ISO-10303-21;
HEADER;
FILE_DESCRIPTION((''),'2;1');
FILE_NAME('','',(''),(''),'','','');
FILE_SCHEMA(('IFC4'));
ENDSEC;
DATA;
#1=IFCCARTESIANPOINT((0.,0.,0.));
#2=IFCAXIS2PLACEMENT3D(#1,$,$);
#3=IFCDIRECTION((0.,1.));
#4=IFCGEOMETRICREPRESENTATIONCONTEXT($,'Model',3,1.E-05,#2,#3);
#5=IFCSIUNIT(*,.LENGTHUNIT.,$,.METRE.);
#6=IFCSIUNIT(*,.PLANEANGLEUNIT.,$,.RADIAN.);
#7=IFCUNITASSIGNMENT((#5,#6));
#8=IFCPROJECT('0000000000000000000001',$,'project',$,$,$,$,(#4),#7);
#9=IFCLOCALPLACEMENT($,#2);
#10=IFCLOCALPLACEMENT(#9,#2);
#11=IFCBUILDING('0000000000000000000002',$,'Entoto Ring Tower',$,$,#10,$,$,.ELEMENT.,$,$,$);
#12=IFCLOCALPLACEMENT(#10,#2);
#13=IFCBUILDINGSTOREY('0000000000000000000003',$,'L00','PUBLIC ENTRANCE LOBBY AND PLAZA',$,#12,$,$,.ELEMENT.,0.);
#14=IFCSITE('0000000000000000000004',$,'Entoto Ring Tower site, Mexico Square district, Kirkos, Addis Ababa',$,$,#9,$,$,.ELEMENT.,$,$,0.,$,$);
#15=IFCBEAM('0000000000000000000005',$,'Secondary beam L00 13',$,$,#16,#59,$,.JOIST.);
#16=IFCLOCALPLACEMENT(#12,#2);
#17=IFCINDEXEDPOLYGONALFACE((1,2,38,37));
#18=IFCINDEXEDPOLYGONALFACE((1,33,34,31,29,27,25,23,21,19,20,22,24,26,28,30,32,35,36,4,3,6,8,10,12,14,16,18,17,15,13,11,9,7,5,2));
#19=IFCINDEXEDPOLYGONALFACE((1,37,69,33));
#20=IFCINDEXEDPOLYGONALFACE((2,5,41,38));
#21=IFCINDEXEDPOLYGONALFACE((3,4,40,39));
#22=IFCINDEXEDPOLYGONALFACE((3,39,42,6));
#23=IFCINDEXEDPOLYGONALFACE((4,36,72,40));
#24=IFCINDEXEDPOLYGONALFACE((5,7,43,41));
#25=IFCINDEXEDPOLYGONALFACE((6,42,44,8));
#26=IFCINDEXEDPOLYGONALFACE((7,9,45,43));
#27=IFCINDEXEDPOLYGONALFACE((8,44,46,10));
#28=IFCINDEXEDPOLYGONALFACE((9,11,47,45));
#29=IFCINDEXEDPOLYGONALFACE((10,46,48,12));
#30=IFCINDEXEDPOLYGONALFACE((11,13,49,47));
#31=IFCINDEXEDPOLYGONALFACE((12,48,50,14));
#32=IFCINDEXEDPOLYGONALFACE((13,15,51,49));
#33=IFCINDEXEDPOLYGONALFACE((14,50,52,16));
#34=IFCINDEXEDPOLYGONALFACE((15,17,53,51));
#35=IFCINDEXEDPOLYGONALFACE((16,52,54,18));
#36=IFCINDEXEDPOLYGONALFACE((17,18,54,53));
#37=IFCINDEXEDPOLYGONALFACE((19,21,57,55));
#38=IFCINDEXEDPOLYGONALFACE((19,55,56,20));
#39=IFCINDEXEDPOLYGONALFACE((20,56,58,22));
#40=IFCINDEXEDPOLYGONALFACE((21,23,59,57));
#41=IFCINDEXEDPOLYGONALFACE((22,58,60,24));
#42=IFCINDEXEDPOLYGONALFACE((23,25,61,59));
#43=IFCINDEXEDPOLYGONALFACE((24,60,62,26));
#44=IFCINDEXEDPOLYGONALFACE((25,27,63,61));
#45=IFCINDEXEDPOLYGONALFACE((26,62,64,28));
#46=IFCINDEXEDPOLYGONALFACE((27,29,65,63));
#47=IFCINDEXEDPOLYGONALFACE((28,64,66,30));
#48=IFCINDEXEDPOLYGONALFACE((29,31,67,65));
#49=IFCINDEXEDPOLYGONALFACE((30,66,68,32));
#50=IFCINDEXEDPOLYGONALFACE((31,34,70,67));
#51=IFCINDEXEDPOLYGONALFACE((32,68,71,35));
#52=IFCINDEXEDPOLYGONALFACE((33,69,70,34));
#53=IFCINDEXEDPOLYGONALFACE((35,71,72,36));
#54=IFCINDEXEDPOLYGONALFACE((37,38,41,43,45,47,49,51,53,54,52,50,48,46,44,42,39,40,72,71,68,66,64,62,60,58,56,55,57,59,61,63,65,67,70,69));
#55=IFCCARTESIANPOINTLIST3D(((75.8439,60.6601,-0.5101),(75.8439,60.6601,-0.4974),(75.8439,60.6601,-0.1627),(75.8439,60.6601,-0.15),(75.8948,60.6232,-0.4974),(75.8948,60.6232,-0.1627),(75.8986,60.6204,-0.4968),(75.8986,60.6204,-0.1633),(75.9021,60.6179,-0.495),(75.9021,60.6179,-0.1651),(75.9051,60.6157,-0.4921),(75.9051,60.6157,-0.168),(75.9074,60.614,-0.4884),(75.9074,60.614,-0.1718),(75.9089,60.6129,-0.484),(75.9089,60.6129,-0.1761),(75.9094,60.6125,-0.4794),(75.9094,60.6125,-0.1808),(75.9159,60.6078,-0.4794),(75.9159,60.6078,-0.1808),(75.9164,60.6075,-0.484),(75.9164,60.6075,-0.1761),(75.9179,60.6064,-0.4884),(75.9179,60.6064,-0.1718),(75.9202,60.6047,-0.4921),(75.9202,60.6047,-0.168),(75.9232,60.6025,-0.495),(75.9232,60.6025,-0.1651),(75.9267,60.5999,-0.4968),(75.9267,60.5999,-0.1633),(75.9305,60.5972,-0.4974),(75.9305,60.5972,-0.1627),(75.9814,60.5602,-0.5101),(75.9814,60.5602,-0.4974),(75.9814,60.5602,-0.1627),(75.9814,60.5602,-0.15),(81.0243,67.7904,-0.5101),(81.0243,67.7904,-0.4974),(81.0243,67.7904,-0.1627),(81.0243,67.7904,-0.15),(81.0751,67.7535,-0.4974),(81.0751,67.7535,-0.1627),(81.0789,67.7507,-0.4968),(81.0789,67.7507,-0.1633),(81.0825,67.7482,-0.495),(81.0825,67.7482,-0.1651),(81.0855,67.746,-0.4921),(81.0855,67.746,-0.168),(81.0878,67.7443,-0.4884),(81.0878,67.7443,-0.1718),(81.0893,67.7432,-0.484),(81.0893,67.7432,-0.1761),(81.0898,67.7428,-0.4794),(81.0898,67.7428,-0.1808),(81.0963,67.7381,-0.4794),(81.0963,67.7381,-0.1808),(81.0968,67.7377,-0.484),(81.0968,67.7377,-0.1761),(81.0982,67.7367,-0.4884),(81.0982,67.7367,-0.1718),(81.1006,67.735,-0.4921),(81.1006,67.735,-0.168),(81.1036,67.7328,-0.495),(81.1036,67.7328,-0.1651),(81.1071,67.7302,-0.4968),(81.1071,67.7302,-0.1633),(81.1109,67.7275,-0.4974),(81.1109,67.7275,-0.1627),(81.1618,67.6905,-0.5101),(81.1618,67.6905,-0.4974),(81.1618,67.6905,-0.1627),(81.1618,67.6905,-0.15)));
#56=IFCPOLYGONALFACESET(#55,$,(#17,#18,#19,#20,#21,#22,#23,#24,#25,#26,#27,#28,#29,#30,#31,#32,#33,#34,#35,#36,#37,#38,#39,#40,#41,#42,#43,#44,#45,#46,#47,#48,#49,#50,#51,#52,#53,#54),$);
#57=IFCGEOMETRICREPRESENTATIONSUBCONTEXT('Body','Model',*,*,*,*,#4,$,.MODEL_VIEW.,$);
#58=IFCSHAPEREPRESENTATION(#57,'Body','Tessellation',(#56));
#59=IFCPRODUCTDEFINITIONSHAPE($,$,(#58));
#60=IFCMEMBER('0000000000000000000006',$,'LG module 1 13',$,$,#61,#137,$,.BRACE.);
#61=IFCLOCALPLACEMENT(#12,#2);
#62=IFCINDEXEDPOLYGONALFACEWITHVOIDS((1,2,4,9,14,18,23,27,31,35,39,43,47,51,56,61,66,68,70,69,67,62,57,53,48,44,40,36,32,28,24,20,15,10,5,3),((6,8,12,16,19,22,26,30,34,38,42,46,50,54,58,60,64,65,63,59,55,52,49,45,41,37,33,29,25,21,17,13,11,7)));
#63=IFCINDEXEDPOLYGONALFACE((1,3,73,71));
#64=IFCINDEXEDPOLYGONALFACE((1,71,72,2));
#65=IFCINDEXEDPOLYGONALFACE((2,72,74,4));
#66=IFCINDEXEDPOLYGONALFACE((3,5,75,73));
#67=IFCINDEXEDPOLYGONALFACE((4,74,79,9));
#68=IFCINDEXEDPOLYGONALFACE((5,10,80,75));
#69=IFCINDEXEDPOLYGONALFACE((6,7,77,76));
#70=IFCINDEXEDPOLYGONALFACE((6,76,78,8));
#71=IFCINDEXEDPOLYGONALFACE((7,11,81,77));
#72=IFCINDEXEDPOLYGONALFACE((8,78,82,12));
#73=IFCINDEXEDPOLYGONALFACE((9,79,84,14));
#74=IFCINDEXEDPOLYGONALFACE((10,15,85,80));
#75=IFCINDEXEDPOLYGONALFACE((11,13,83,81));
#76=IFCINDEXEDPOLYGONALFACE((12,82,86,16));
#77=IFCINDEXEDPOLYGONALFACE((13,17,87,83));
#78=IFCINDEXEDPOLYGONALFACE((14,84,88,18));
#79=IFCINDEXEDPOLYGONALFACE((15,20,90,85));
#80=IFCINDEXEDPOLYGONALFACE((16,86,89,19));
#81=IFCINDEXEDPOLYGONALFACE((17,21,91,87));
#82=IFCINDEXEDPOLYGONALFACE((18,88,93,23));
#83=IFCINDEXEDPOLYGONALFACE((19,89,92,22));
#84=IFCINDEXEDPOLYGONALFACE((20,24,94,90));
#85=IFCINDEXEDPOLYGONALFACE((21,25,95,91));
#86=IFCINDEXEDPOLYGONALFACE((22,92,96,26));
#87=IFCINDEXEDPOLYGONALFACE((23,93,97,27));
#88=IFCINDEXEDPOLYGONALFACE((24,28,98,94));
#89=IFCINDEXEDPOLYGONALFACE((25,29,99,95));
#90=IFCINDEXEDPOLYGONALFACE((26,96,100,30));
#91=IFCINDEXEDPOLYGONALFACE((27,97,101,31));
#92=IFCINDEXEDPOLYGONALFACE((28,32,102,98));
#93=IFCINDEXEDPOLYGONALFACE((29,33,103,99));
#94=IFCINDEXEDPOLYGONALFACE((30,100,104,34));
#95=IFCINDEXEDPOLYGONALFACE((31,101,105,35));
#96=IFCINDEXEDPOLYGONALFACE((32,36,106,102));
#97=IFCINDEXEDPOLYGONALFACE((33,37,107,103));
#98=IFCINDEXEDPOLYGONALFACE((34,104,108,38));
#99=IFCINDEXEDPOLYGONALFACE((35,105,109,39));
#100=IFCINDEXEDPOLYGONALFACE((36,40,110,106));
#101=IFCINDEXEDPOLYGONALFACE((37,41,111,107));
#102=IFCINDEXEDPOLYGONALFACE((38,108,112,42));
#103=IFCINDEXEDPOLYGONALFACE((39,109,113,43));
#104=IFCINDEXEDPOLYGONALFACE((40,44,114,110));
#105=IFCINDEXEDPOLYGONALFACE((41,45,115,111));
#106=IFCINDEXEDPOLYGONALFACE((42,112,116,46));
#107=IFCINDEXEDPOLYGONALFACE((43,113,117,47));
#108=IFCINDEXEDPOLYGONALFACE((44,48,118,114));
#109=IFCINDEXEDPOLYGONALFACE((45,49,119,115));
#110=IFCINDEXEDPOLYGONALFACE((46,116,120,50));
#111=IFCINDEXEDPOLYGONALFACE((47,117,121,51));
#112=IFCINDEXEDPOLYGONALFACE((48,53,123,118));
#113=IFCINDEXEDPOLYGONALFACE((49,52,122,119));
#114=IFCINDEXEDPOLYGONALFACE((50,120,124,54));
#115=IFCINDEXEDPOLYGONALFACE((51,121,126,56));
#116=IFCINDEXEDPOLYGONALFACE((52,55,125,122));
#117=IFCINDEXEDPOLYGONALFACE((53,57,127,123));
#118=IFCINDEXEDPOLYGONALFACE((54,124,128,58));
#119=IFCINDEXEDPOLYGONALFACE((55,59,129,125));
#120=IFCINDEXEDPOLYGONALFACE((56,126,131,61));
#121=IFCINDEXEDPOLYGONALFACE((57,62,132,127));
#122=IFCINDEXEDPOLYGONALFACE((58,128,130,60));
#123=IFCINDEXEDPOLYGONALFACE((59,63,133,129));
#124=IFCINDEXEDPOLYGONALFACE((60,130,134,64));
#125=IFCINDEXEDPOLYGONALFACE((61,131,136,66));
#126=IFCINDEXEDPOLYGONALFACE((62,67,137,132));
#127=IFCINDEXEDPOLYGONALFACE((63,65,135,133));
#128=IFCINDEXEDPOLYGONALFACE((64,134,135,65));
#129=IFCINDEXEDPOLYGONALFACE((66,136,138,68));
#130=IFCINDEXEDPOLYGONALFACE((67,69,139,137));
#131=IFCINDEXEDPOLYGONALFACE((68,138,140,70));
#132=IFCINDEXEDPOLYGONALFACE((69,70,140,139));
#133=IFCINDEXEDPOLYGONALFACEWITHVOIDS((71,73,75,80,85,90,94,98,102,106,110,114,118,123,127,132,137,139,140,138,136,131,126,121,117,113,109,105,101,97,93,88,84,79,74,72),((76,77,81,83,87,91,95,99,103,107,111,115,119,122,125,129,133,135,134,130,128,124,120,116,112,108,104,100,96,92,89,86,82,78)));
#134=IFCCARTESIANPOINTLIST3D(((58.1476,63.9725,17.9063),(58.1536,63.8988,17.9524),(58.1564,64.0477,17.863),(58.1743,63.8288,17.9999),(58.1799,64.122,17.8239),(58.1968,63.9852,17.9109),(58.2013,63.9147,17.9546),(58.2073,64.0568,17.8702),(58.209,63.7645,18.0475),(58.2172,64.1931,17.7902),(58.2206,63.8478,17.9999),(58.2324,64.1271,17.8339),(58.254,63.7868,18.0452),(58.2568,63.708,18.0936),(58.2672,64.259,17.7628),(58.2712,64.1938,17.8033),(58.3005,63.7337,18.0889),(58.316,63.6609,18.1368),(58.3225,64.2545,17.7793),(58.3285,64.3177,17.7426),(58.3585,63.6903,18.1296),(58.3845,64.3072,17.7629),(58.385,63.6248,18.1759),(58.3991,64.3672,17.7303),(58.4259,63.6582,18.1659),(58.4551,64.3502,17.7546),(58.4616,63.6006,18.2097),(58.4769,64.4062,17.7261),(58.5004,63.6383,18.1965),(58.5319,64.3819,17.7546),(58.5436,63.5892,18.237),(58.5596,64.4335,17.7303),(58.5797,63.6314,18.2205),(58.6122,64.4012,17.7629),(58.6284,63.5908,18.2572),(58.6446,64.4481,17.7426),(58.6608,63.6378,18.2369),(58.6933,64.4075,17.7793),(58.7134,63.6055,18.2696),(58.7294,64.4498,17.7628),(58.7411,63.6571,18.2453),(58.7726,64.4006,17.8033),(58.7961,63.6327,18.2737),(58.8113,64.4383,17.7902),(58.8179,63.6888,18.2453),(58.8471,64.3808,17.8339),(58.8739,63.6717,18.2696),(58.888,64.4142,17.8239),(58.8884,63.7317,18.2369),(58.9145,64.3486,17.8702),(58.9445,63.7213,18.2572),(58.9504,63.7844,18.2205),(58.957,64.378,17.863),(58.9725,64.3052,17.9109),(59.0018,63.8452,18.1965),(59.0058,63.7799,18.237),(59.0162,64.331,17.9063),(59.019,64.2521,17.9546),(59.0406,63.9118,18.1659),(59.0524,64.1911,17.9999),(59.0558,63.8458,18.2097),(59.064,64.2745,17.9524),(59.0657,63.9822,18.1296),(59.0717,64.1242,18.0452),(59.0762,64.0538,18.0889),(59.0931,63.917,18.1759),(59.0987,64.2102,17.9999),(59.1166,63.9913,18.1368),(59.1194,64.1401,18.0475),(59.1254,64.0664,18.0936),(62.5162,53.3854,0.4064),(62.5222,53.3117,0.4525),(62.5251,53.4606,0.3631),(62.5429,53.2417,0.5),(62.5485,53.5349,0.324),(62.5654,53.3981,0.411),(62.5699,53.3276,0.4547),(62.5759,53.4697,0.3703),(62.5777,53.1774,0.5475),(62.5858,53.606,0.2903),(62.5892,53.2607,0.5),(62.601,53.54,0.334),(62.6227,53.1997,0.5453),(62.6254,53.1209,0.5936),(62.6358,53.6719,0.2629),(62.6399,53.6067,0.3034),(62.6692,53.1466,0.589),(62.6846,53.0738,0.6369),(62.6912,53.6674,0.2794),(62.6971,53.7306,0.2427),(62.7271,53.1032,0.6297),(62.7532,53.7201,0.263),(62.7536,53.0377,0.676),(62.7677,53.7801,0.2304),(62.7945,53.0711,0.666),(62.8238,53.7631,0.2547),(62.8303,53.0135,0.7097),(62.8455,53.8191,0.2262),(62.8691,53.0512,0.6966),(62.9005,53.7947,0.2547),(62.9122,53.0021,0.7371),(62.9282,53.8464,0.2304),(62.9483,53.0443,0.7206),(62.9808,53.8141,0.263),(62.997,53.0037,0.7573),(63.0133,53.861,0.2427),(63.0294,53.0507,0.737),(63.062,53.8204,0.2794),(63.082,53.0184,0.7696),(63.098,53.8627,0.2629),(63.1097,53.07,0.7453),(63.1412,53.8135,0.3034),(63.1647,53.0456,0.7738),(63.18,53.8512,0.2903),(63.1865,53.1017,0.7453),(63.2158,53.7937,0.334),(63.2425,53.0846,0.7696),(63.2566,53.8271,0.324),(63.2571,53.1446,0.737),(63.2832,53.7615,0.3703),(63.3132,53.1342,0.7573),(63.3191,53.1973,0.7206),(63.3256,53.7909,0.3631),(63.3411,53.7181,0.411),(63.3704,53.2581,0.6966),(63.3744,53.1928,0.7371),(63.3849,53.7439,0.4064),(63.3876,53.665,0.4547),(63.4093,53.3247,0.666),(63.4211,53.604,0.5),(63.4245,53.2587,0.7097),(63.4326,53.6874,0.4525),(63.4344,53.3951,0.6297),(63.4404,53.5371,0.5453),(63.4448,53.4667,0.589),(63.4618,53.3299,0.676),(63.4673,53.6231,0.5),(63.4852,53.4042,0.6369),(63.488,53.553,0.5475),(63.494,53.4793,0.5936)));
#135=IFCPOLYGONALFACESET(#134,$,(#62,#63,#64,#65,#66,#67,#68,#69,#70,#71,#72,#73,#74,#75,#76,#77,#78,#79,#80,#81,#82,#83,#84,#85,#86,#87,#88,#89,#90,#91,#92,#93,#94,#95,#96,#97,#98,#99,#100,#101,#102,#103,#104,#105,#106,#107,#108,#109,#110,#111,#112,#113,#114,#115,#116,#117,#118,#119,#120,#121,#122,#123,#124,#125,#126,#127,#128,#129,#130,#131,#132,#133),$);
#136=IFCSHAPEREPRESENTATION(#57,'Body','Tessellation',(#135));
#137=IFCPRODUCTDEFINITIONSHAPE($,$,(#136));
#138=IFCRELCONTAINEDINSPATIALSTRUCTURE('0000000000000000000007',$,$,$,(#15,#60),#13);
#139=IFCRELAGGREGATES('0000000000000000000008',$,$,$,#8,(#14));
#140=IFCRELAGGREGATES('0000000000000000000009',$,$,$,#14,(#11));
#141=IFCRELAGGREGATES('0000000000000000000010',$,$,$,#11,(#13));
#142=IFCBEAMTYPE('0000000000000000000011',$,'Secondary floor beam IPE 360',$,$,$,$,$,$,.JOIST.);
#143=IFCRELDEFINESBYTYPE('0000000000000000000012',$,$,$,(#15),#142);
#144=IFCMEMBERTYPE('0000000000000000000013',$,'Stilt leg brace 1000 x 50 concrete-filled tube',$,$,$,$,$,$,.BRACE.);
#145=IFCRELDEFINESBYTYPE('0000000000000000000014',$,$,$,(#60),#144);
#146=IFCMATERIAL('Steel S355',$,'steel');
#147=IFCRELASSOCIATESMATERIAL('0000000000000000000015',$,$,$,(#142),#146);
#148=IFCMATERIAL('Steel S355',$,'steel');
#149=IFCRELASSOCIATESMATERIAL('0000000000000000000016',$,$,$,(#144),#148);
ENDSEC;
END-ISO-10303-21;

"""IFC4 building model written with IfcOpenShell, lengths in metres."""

from ifc_helpers import new_model, si_unit, direction, frame, origin, origin_2d, place, context, subcontext, project, spatial, circle, hollow_circle, i_section, extrude, material, material_profile, profile_set, type_object, element, save


model = new_model("IFC4")

# Units and contexts
model_context = context("Model", 3, precision=1e-05, world=origin(), true_north=direction((0.0, 1.0)))
body_context = subcontext(model_context, "Body", "Model", "MODEL_VIEW")
ifc_project = project(units=[si_unit("LENGTHUNIT", "METRE"), si_unit("PLANEANGLEUNIT", "RADIAN")], contexts=[model_context])

# Site, building, storey
site_placement = place(None, origin())
site = spatial("IfcSite", under=ifc_project, at=site_placement, Name="Entoto Ring Tower site, Mexico Square district, Kirkos, Addis Ababa", CompositionType="ELEMENT", RefElevation=0.0)
building_placement = place(site_placement, origin())
building = spatial("IfcBuilding", under=site, at=building_placement, Name="Entoto Ring Tower", CompositionType="ELEMENT")
storey_placement = place(building_placement, origin())
storey = spatial("IfcBuildingStorey", under=building, at=storey_placement, Name="L00", Description="PUBLIC ENTRANCE LOBBY AND PLAZA", CompositionType="ELEMENT", Elevation=0.0)

# Beam
ifc_material_1 = material(Name="Steel S355", Category="steel")
ifc_material_profile_1 = material_profile(ifc_material_1, i_section(OverallWidth=0.1699, OverallDepth=0.3601, WebThickness=0.0081, FlangeThickness=0.0127, FilletRadius=0.0181, at=origin_2d()), Name="IPE 360")
ifc_profile_set_1 = profile_set([ifc_material_profile_1], Name="Steel S355")
beam_type_1 = type_object("IfcBeamType", Name="Secondary floor beam IPE 360", PredefinedType="JOIST", material=ifc_profile_set_1)
beam_1_placement = place(storey_placement, frame((81.093, 67.7405, -0.3301), z_axis=(-0.587778, -0.809022, 0.0), x_axis=(0.809022, -0.587778, 0.0)))
element("IfcBeam", 1, at=beam_1_placement, inside=storey, type_object=beam_type_1, Name="Secondary beam L00 13", PredefinedType="JOIST", context=body_context, shape_type="SweptSolid", body=[
    extrude(i_section(OverallWidth=0.1699, OverallDepth=0.3601, WebThickness=0.0081, FlangeThickness=0.0127, FilletRadius=0.0181, at=origin_2d()), origin(), (0.0, 0.0, 1.0), 8.8135),
])

# Member
ifc_material_2 = material(Name="Steel S355", Category="steel")
ifc_material_profile_2 = material_profile(ifc_material_2, hollow_circle(Radius=0.5, WallThickness=0.05, at=origin_2d()), Name="CHS 1000 x 50")
ifc_material_3 = material(Name="Concrete C60/75", Category="concrete")
ifc_material_profile_3 = material_profile(ifc_material_3, circle(Radius=0.45, at=origin_2d()), Name="Concrete C60/75 infill")
ifc_profile_set_2 = profile_set([ifc_material_profile_2, ifc_material_profile_3], Name="Steel S355")
member_type = type_object("IfcMemberType", Name="Stilt leg brace 1000 x 50 concrete-filled tube", PredefinedType="BRACE", material=ifc_profile_set_2)
for number, where, z_axis, x_axis, name in (
    (2, (63.0051, 53.4324, 0.5), (-0.20888, 0.506207, 0.836734), (-0.924394, -0.381439, 0.0), "LG module 1 13"),
):
    element("IfcMember", number, at=place(storey_placement, frame(where, z_axis=z_axis, x_axis=x_axis)), inside=storey, type_object=member_type, Name=name, PredefinedType="BRACE", context=body_context, shape_type="SweptSolid", body=[
        extrude(hollow_circle(Radius=0.5, WallThickness=0.05, at=origin_2d()), origin(), (0.0, 0.0, 1.0), 20.9146),
    ])

save(model, "model.ifc")
